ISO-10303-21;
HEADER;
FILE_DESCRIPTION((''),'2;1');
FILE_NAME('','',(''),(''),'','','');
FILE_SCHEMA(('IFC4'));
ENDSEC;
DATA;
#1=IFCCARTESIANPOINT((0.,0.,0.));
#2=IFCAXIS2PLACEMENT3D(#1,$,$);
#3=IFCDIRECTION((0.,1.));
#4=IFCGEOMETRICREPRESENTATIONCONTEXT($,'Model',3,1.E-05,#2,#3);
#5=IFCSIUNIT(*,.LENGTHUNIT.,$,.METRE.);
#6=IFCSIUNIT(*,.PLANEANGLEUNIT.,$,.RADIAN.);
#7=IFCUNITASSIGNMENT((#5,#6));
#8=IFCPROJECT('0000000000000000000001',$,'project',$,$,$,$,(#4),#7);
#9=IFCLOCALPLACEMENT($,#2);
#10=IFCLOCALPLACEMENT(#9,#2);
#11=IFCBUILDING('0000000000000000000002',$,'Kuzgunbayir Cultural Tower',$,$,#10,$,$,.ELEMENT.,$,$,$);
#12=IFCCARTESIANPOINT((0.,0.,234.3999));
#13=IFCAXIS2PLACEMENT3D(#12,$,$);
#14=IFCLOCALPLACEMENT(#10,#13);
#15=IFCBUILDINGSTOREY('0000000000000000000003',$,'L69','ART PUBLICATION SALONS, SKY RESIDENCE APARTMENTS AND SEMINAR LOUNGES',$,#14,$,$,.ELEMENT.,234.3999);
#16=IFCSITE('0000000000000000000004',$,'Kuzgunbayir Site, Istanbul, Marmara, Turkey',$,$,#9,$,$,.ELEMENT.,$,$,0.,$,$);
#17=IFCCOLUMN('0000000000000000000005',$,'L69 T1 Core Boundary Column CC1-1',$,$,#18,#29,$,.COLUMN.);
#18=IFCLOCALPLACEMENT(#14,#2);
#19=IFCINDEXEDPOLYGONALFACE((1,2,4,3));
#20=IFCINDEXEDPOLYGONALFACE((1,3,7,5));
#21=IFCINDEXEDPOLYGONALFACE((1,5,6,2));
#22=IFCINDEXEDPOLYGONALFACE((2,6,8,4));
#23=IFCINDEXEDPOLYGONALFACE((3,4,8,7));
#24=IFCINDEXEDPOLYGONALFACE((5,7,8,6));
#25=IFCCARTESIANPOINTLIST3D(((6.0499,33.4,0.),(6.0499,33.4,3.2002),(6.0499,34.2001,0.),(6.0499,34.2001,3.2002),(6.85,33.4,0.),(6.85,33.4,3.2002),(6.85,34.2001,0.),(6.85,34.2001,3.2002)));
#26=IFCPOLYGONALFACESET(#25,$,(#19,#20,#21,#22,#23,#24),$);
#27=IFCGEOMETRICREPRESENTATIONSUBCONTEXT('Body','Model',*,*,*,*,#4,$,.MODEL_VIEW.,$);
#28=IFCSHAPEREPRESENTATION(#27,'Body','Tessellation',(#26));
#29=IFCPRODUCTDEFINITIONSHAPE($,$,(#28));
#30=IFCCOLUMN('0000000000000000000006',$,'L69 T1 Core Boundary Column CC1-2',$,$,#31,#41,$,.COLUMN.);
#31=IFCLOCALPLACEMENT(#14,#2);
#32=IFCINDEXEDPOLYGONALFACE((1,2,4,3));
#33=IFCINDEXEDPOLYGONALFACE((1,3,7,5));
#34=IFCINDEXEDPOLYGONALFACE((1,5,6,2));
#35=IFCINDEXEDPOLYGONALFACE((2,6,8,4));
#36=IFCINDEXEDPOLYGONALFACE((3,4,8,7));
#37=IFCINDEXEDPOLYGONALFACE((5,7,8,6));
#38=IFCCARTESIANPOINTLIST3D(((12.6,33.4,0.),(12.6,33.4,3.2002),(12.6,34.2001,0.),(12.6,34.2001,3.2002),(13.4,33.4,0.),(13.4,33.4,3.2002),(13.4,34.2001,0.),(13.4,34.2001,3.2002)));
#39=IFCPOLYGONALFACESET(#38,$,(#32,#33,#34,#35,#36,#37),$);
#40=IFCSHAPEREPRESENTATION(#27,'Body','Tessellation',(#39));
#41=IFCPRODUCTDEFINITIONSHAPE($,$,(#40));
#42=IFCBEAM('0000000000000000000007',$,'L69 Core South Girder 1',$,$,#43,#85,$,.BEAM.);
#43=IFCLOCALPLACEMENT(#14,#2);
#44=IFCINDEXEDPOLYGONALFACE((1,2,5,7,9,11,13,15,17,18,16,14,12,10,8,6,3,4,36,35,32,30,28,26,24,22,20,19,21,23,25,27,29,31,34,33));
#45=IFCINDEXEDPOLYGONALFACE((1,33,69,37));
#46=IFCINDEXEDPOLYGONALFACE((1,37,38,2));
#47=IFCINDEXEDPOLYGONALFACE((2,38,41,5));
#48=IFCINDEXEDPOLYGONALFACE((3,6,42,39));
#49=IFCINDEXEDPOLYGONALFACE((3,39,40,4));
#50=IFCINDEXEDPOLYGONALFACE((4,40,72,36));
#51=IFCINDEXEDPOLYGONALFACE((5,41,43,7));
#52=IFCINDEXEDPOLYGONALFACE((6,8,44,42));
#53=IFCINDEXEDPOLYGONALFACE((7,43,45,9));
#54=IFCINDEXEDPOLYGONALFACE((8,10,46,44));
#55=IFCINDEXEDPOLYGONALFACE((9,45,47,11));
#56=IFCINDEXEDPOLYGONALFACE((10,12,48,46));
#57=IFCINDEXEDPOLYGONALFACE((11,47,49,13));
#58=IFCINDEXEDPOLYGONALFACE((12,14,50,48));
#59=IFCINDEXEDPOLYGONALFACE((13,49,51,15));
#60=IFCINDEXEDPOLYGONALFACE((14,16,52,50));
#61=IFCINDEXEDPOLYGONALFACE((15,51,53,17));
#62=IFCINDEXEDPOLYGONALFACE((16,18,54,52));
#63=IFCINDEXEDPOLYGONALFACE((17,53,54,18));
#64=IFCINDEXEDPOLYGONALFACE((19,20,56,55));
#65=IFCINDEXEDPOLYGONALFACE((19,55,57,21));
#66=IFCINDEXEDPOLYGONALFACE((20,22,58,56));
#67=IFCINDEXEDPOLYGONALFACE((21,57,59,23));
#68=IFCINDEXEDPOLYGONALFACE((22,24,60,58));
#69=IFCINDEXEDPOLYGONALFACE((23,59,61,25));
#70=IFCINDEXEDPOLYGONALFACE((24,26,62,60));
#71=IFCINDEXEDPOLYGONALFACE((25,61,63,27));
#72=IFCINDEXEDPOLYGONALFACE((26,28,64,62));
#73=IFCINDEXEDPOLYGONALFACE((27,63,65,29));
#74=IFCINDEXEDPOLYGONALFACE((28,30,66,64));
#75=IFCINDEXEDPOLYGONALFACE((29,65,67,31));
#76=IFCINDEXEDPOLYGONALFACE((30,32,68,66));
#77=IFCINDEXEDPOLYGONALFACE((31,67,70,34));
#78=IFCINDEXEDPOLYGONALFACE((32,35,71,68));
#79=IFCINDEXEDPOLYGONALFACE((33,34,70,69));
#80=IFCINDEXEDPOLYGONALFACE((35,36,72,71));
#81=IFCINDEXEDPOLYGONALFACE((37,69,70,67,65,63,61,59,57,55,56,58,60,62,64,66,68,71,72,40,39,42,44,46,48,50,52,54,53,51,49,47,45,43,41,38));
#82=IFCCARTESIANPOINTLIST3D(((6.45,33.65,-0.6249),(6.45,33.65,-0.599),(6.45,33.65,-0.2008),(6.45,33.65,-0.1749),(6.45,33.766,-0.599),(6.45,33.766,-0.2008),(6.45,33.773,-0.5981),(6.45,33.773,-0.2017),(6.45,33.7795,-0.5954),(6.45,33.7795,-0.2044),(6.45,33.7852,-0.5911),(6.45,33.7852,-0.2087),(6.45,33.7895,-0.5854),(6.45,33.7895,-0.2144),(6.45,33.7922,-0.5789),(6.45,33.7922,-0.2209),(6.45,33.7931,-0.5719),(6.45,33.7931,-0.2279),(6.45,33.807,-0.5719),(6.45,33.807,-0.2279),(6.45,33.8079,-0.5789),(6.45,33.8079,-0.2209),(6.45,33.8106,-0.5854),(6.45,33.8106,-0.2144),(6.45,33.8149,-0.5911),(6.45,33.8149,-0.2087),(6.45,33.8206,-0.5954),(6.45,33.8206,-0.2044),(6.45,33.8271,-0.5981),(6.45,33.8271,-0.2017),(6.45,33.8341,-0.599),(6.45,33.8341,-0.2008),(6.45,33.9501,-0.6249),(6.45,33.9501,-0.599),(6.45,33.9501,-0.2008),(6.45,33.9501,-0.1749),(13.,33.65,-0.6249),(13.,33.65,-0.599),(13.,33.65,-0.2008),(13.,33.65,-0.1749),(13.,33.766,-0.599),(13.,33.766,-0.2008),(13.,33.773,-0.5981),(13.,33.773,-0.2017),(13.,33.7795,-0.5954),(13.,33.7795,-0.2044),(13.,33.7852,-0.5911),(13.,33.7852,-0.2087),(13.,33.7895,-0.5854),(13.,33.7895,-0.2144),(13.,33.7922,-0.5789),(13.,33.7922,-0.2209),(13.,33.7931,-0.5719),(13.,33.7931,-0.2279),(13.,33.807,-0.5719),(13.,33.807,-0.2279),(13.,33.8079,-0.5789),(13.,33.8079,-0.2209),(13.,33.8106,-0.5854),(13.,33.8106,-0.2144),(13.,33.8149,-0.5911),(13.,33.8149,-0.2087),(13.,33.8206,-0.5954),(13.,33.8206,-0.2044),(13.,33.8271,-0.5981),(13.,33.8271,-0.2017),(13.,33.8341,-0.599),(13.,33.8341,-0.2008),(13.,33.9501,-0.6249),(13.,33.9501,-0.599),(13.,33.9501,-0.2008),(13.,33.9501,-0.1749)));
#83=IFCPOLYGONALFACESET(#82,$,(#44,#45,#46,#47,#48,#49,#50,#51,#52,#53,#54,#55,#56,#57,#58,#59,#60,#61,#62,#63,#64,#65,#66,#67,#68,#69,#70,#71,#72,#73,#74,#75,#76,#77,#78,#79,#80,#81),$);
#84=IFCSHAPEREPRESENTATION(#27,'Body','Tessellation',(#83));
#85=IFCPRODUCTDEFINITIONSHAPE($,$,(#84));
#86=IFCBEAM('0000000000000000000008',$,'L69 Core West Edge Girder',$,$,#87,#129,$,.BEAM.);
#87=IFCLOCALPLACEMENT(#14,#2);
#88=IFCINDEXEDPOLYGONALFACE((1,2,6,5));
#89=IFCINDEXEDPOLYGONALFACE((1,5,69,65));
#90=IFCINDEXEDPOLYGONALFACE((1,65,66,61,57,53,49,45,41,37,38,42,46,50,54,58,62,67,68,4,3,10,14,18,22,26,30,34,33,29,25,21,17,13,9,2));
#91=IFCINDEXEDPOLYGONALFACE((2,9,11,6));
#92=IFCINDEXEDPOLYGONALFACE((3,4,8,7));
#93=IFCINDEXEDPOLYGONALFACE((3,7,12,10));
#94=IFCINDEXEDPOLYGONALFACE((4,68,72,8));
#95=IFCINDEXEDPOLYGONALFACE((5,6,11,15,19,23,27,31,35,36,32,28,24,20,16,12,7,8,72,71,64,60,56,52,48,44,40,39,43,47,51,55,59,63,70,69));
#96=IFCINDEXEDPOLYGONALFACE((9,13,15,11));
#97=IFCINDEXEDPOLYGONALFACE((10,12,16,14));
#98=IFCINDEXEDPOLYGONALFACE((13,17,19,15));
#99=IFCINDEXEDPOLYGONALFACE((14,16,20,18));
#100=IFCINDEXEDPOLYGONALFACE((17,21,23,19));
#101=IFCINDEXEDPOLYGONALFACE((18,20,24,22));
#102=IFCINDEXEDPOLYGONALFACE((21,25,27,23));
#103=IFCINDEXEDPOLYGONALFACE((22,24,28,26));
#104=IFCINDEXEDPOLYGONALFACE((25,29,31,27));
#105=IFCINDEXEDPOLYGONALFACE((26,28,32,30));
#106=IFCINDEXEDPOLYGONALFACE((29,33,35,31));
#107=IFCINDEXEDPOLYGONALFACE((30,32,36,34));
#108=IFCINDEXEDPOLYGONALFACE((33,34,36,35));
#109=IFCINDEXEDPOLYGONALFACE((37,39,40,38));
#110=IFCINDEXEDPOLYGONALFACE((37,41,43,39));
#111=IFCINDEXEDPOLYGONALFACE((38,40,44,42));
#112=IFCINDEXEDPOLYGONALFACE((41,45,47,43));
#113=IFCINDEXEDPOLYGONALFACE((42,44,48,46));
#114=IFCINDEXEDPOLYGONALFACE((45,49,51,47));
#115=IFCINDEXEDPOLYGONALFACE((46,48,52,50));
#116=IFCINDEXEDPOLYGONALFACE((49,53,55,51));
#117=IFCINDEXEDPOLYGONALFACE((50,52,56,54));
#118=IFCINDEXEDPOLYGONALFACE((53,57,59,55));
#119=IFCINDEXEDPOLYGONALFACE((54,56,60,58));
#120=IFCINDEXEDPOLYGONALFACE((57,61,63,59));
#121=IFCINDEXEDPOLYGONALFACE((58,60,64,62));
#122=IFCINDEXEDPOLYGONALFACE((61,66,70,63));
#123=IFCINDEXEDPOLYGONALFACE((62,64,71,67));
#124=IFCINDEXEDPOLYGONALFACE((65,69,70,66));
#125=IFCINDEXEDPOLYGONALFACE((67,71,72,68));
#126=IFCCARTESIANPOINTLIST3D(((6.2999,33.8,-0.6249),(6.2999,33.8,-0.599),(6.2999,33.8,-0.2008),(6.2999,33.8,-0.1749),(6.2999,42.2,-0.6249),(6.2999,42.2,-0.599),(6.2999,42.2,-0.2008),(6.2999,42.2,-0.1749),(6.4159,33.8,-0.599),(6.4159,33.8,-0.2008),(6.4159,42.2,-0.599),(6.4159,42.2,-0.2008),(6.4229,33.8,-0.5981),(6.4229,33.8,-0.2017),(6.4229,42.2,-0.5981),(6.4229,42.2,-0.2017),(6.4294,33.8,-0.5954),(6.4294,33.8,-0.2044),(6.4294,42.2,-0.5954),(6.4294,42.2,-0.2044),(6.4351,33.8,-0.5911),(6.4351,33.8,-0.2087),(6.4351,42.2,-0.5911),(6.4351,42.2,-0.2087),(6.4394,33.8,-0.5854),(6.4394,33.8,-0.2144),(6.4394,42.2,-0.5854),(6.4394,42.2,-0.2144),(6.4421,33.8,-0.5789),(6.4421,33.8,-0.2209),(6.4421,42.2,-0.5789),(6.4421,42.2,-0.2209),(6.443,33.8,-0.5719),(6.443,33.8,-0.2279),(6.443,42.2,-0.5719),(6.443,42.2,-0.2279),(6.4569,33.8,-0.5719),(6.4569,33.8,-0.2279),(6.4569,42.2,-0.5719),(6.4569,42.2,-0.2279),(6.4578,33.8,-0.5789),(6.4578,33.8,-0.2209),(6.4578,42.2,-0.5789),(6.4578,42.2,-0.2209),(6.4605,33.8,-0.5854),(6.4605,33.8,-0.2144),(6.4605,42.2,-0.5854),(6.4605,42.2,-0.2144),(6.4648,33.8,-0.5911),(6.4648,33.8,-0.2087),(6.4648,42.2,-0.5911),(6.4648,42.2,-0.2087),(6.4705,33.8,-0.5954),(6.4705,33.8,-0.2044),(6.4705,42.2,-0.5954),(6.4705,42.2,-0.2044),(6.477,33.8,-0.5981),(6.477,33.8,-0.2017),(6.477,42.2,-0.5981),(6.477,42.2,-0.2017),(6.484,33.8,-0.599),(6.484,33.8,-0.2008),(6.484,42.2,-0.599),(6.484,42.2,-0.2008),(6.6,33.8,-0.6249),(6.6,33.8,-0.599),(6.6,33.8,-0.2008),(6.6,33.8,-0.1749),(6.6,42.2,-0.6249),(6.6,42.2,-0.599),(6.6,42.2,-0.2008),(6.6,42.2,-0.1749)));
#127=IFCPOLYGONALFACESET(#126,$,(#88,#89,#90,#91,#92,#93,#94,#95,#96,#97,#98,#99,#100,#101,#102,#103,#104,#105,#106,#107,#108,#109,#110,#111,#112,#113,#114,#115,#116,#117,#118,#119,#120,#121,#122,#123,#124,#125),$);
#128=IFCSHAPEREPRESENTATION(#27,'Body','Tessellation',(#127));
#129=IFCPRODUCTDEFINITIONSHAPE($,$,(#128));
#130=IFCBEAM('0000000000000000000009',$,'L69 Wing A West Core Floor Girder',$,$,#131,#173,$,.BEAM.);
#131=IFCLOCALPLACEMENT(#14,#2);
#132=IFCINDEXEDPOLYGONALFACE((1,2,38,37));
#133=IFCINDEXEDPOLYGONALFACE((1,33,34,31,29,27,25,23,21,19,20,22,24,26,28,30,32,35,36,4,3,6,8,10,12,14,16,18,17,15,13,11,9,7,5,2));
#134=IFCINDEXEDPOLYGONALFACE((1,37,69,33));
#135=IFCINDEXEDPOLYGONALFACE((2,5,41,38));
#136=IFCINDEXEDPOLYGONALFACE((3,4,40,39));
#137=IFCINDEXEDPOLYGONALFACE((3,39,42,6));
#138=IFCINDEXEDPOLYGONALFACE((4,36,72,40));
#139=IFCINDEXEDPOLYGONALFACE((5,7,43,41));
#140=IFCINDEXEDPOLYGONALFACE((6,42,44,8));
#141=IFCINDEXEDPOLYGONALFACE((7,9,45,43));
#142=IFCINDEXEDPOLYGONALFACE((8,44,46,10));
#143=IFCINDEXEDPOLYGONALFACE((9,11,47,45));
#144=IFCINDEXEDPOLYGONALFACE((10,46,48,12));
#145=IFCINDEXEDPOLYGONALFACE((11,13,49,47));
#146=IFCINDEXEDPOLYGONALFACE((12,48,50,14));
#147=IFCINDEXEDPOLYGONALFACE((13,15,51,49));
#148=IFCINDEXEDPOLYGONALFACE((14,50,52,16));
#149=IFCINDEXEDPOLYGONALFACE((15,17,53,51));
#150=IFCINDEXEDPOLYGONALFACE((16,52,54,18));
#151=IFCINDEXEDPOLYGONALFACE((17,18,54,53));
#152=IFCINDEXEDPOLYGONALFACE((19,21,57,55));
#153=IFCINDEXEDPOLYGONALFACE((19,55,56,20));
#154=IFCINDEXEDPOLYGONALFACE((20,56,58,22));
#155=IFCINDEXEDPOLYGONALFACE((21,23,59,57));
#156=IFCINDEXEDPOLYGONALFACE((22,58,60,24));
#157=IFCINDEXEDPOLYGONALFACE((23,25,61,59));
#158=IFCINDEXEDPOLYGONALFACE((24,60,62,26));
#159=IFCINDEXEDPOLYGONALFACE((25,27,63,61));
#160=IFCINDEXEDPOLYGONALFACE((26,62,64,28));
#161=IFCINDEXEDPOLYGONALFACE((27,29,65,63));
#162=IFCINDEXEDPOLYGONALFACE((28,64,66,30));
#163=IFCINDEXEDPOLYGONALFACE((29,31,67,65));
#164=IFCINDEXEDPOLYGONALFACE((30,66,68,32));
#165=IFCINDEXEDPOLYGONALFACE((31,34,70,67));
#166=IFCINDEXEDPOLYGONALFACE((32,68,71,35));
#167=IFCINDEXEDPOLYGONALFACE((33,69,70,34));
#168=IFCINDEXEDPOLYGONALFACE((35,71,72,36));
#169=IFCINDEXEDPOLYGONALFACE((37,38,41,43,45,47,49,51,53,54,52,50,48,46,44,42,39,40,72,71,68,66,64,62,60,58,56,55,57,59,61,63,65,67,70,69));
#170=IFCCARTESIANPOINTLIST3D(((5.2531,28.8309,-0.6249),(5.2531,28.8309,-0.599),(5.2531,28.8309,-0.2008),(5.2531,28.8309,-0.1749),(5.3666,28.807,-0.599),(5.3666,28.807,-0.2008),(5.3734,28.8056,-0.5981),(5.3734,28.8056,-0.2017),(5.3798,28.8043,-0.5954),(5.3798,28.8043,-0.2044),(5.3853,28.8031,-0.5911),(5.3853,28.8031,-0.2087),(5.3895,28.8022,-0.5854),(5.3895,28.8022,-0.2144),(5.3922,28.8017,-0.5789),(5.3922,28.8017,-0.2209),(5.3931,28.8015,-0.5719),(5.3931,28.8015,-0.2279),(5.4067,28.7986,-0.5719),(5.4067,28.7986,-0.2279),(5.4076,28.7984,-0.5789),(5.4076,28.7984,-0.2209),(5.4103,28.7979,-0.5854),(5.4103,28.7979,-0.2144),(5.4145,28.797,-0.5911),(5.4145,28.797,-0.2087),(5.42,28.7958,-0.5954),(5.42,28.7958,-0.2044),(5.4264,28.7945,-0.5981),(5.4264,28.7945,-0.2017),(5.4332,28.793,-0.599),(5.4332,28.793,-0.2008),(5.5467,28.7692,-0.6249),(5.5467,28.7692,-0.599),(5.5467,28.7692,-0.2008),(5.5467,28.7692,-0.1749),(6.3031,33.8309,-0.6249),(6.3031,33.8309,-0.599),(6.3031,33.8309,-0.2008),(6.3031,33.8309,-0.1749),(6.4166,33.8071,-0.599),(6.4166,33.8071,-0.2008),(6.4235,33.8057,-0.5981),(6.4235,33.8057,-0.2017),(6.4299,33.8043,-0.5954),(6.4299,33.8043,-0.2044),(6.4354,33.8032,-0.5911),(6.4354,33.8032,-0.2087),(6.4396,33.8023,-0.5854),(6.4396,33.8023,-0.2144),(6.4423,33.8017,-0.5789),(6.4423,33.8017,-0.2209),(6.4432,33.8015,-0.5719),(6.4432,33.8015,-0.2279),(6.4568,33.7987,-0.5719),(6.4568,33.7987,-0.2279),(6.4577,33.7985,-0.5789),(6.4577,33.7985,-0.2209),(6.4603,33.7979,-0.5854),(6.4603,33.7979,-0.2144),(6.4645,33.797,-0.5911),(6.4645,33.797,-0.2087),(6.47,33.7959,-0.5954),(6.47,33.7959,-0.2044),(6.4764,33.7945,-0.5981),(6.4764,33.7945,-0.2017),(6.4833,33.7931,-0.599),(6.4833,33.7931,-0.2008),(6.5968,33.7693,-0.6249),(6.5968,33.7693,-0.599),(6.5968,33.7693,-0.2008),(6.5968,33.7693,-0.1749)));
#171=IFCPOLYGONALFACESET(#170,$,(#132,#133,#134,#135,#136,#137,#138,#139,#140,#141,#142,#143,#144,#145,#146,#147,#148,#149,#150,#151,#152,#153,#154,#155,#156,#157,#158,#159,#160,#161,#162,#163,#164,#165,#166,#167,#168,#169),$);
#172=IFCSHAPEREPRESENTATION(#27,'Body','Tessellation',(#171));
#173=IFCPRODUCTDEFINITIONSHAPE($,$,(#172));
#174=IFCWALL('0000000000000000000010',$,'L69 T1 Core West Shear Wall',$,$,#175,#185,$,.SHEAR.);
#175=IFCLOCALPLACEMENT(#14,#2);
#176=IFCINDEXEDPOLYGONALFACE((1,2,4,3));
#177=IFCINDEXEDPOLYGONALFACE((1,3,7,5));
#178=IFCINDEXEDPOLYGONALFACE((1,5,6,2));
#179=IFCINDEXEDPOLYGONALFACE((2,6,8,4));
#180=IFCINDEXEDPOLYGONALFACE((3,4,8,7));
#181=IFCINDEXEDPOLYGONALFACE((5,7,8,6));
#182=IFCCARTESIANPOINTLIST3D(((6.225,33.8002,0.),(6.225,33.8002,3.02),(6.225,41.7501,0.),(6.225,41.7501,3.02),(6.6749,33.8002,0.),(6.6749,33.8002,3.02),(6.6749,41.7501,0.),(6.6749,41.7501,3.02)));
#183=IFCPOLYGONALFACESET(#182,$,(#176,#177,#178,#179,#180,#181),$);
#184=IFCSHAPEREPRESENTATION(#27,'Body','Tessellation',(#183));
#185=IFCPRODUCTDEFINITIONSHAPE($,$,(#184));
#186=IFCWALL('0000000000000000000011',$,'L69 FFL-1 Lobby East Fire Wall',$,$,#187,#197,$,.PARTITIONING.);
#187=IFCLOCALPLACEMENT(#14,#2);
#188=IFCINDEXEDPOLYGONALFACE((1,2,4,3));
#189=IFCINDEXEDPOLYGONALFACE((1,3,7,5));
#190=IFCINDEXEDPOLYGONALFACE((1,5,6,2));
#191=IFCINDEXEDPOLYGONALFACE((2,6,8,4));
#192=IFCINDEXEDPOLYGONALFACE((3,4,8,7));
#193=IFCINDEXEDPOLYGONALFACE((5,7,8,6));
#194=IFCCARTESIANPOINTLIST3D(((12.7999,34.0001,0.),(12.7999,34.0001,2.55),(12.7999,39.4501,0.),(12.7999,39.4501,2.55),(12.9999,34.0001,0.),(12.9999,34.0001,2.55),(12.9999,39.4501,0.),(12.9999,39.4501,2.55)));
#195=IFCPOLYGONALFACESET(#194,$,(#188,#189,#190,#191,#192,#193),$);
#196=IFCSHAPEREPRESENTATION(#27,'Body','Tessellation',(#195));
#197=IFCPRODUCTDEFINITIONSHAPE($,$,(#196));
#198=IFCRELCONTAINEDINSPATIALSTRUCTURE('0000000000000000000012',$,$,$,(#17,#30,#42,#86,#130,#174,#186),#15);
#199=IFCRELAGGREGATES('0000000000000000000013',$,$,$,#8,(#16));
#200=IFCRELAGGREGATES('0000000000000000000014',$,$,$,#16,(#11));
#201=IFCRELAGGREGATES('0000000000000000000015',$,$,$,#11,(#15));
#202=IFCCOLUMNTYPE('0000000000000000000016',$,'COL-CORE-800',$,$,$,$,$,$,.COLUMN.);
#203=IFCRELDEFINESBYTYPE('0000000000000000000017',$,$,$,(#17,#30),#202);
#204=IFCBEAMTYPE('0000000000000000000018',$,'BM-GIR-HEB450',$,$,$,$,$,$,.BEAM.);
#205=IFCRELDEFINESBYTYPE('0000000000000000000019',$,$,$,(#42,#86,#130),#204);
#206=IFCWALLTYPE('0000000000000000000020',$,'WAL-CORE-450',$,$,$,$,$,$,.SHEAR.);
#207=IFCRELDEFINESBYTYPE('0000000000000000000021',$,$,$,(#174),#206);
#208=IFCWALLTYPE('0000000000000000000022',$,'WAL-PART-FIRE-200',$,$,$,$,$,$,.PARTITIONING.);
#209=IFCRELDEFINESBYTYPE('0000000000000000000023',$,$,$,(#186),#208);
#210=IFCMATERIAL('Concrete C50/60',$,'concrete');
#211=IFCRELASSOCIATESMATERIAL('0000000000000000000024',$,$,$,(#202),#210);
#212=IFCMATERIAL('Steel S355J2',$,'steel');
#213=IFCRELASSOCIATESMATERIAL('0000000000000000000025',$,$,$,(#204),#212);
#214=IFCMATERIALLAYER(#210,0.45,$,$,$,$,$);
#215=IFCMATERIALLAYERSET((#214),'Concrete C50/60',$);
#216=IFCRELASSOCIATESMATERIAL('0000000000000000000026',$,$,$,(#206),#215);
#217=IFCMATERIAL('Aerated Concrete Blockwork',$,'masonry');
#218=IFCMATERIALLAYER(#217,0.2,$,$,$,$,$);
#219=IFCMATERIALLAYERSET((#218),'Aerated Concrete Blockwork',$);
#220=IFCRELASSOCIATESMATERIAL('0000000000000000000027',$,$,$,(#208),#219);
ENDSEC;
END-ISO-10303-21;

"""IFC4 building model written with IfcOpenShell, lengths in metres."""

from ifc_helpers import new_model, si_unit, direction, frame, frame_2d, origin, origin_2d, place, context, subcontext, project, spatial, rectangle, i_section, extrude, material, layer, layer_set, material_profile, profile_set, type_object, element, save


model = new_model("IFC4")

# Units and contexts
model_context = context("Model", 3, precision=1e-05, world=origin(), true_north=direction((0.0, 1.0)))
body_context = subcontext(model_context, "Body", "Model", "MODEL_VIEW")
ifc_project = project(units=[si_unit("LENGTHUNIT", "METRE"), si_unit("PLANEANGLEUNIT", "RADIAN")], contexts=[model_context])

# Site, building, storey
site_placement = place(None, origin())
site = spatial("IfcSite", under=ifc_project, at=site_placement, Name="Kuzgunbayir Site, Istanbul, Marmara, Turkey", CompositionType="ELEMENT", RefElevation=0.0)
building_placement = place(site_placement, origin())
building = spatial("IfcBuilding", under=site, at=building_placement, Name="Kuzgunbayir Cultural Tower", CompositionType="ELEMENT")
storey_placement = place(building_placement, frame((0.0, 0.0, 234.3999)))
storey = spatial("IfcBuildingStorey", under=building, at=storey_placement, Name="L69", Description="ART PUBLICATION SALONS, SKY RESIDENCE APARTMENTS AND SEMINAR LOUNGES", CompositionType="ELEMENT", Elevation=234.3999)

# Columns
ifc_material_1 = material(Name="Concrete C50/60", Category="concrete")
ifc_material_profile_1 = material_profile(ifc_material_1, rectangle(XDim=0.8, YDim=0.8, at=origin_2d()), Name="RC 800x800")
ifc_profile_set_1 = profile_set([ifc_material_profile_1], Name="Concrete C50/60")
column_type = type_object("IfcColumnType", Name="COL-CORE-800", PredefinedType="COLUMN", material=ifc_profile_set_1)
for number, where, z_axis, x_axis, name in (
    (1, (6.45, 33.8, 0.0), (0.0, 0.0, 1.0), (1.0, 0.0, 0.0), "L69 T1 Core Boundary Column CC1-1"),
    (2, (13.0, 33.8, 0.0), (0.0, 0.0, 1.0), (1.0, 0.0, 0.0), "L69 T1 Core Boundary Column CC1-2"),
):
    element("IfcColumn", number, at=place(storey_placement, frame(where, z_axis=z_axis, x_axis=x_axis)), inside=storey, type_object=column_type, Name=name, PredefinedType="COLUMN", context=body_context, shape_type="SweptSolid", body=[
        extrude(rectangle(XDim=0.8, YDim=0.8, at=origin_2d()), origin(), (0.0, 0.0, 1.0), 3.2002),
    ])

# Beams
ifc_material_2 = material(Name="Steel S355J2", Category="steel")
ifc_material_profile_2 = material_profile(ifc_material_2, i_section(OverallWidth=0.3, OverallDepth=0.45, WebThickness=0.0139, FlangeThickness=0.0259, FilletRadius=0.0271, at=origin_2d()), Name="HEB 450")
ifc_profile_set_2 = profile_set([ifc_material_profile_2], Name="Steel S355J2")
beam_type = type_object("IfcBeamType", Name="BM-GIR-HEB450", PredefinedType="BEAM", material=ifc_profile_set_2)
beam_1_placement = place(storey_placement, frame((6.45, 33.8, -0.3999), z_axis=(1.0, 0.0, 0.0), x_axis=(0.0, 1.0, 0.0)))
element("IfcBeam", 3, at=beam_1_placement, inside=storey, type_object=beam_type, Name="L69 Core South Girder 1", PredefinedType="BEAM", context=body_context, shape_type="SweptSolid", body=[
    extrude(i_section(OverallWidth=0.3, OverallDepth=0.45, WebThickness=0.0139, FlangeThickness=0.0259, FilletRadius=0.0271, at=origin_2d()), origin(), (0.0, 0.0, 1.0), 6.55),
])
beam_2_placement = place(storey_placement, frame((6.45, 33.8, -0.3999), z_axis=(0.0, 1.0, 0.0), x_axis=(-1.0, 0.0, 0.0)))
element("IfcBeam", 4, at=beam_2_placement, inside=storey, type_object=beam_type, Name="L69 Core West Edge Girder", PredefinedType="BEAM", context=body_context, shape_type="SweptSolid", body=[
    extrude(i_section(OverallWidth=0.3, OverallDepth=0.45, WebThickness=0.0139, FlangeThickness=0.0259, FilletRadius=0.0271, at=origin_2d()), origin(), (0.0, 0.0, 1.0), 8.3999),
])
beam_3_placement = place(storey_placement, frame((5.3999, 28.8, -0.3999), z_axis=(0.205526, 0.978652, 0.0), x_axis=(-0.978652, 0.205526, 0.0)))
element("IfcBeam", 5, at=beam_3_placement, inside=storey, type_object=beam_type, Name="L69 Wing A West Core Floor Girder", PredefinedType="BEAM", context=body_context, shape_type="SweptSolid", body=[
    extrude(i_section(OverallWidth=0.3, OverallDepth=0.45, WebThickness=0.0139, FlangeThickness=0.0259, FilletRadius=0.0271, at=origin_2d()), origin(), (0.0, 0.0, 1.0), 5.1091),
])

# Wall
ifc_layer_1 = layer(ifc_material_1, 0.45)
ifc_layer_set_1 = layer_set([ifc_layer_1], Name="Concrete C50/60")
wall_type_1 = type_object("IfcWallType", Name="WAL-CORE-450", PredefinedType="SHEAR", material=ifc_layer_set_1)
wall_1_placement = place(storey_placement, frame((6.45, 33.8, 0.0), z_axis=(0.0, 0.0, 1.0), x_axis=(0.0, 1.0, 0.0)))
element("IfcWall", 6, at=wall_1_placement, inside=storey, type_object=wall_type_1, Name="L69 T1 Core West Shear Wall", PredefinedType="SHEAR", context=body_context, shape_type="SweptSolid", body=[
    extrude(rectangle(XDim=7.95, YDim=0.45, at=frame_2d((3.9751, 0.0))), origin(), (0.0, 0.0, 1.0), 3.02),
])

# Wall
ifc_material_3 = material(Name="Aerated Concrete Blockwork", Category="masonry")
ifc_layer_2 = layer(ifc_material_3, 0.2)
ifc_layer_set_2 = layer_set([ifc_layer_2], Name="Aerated Concrete Blockwork")
wall_type_2 = type_object("IfcWallType", Name="WAL-PART-FIRE-200", PredefinedType="PARTITIONING", material=ifc_layer_set_2)
wall_2_placement = place(storey_placement, frame((12.8999, 34.0, 0.0), z_axis=(0.0, 0.0, 1.0), x_axis=(0.0, 1.0, 0.0)))
element("IfcWall", 7, at=wall_2_placement, inside=storey, type_object=wall_type_2, Name="L69 FFL-1 Lobby East Fire Wall", PredefinedType="PARTITIONING", context=body_context, shape_type="SweptSolid", body=[
    extrude(rectangle(XDim=5.45, YDim=0.2, at=frame_2d((2.7251, 0.0))), origin(), (0.0, 0.0, 1.0), 2.55),
])

save(model, "model.ifc")
